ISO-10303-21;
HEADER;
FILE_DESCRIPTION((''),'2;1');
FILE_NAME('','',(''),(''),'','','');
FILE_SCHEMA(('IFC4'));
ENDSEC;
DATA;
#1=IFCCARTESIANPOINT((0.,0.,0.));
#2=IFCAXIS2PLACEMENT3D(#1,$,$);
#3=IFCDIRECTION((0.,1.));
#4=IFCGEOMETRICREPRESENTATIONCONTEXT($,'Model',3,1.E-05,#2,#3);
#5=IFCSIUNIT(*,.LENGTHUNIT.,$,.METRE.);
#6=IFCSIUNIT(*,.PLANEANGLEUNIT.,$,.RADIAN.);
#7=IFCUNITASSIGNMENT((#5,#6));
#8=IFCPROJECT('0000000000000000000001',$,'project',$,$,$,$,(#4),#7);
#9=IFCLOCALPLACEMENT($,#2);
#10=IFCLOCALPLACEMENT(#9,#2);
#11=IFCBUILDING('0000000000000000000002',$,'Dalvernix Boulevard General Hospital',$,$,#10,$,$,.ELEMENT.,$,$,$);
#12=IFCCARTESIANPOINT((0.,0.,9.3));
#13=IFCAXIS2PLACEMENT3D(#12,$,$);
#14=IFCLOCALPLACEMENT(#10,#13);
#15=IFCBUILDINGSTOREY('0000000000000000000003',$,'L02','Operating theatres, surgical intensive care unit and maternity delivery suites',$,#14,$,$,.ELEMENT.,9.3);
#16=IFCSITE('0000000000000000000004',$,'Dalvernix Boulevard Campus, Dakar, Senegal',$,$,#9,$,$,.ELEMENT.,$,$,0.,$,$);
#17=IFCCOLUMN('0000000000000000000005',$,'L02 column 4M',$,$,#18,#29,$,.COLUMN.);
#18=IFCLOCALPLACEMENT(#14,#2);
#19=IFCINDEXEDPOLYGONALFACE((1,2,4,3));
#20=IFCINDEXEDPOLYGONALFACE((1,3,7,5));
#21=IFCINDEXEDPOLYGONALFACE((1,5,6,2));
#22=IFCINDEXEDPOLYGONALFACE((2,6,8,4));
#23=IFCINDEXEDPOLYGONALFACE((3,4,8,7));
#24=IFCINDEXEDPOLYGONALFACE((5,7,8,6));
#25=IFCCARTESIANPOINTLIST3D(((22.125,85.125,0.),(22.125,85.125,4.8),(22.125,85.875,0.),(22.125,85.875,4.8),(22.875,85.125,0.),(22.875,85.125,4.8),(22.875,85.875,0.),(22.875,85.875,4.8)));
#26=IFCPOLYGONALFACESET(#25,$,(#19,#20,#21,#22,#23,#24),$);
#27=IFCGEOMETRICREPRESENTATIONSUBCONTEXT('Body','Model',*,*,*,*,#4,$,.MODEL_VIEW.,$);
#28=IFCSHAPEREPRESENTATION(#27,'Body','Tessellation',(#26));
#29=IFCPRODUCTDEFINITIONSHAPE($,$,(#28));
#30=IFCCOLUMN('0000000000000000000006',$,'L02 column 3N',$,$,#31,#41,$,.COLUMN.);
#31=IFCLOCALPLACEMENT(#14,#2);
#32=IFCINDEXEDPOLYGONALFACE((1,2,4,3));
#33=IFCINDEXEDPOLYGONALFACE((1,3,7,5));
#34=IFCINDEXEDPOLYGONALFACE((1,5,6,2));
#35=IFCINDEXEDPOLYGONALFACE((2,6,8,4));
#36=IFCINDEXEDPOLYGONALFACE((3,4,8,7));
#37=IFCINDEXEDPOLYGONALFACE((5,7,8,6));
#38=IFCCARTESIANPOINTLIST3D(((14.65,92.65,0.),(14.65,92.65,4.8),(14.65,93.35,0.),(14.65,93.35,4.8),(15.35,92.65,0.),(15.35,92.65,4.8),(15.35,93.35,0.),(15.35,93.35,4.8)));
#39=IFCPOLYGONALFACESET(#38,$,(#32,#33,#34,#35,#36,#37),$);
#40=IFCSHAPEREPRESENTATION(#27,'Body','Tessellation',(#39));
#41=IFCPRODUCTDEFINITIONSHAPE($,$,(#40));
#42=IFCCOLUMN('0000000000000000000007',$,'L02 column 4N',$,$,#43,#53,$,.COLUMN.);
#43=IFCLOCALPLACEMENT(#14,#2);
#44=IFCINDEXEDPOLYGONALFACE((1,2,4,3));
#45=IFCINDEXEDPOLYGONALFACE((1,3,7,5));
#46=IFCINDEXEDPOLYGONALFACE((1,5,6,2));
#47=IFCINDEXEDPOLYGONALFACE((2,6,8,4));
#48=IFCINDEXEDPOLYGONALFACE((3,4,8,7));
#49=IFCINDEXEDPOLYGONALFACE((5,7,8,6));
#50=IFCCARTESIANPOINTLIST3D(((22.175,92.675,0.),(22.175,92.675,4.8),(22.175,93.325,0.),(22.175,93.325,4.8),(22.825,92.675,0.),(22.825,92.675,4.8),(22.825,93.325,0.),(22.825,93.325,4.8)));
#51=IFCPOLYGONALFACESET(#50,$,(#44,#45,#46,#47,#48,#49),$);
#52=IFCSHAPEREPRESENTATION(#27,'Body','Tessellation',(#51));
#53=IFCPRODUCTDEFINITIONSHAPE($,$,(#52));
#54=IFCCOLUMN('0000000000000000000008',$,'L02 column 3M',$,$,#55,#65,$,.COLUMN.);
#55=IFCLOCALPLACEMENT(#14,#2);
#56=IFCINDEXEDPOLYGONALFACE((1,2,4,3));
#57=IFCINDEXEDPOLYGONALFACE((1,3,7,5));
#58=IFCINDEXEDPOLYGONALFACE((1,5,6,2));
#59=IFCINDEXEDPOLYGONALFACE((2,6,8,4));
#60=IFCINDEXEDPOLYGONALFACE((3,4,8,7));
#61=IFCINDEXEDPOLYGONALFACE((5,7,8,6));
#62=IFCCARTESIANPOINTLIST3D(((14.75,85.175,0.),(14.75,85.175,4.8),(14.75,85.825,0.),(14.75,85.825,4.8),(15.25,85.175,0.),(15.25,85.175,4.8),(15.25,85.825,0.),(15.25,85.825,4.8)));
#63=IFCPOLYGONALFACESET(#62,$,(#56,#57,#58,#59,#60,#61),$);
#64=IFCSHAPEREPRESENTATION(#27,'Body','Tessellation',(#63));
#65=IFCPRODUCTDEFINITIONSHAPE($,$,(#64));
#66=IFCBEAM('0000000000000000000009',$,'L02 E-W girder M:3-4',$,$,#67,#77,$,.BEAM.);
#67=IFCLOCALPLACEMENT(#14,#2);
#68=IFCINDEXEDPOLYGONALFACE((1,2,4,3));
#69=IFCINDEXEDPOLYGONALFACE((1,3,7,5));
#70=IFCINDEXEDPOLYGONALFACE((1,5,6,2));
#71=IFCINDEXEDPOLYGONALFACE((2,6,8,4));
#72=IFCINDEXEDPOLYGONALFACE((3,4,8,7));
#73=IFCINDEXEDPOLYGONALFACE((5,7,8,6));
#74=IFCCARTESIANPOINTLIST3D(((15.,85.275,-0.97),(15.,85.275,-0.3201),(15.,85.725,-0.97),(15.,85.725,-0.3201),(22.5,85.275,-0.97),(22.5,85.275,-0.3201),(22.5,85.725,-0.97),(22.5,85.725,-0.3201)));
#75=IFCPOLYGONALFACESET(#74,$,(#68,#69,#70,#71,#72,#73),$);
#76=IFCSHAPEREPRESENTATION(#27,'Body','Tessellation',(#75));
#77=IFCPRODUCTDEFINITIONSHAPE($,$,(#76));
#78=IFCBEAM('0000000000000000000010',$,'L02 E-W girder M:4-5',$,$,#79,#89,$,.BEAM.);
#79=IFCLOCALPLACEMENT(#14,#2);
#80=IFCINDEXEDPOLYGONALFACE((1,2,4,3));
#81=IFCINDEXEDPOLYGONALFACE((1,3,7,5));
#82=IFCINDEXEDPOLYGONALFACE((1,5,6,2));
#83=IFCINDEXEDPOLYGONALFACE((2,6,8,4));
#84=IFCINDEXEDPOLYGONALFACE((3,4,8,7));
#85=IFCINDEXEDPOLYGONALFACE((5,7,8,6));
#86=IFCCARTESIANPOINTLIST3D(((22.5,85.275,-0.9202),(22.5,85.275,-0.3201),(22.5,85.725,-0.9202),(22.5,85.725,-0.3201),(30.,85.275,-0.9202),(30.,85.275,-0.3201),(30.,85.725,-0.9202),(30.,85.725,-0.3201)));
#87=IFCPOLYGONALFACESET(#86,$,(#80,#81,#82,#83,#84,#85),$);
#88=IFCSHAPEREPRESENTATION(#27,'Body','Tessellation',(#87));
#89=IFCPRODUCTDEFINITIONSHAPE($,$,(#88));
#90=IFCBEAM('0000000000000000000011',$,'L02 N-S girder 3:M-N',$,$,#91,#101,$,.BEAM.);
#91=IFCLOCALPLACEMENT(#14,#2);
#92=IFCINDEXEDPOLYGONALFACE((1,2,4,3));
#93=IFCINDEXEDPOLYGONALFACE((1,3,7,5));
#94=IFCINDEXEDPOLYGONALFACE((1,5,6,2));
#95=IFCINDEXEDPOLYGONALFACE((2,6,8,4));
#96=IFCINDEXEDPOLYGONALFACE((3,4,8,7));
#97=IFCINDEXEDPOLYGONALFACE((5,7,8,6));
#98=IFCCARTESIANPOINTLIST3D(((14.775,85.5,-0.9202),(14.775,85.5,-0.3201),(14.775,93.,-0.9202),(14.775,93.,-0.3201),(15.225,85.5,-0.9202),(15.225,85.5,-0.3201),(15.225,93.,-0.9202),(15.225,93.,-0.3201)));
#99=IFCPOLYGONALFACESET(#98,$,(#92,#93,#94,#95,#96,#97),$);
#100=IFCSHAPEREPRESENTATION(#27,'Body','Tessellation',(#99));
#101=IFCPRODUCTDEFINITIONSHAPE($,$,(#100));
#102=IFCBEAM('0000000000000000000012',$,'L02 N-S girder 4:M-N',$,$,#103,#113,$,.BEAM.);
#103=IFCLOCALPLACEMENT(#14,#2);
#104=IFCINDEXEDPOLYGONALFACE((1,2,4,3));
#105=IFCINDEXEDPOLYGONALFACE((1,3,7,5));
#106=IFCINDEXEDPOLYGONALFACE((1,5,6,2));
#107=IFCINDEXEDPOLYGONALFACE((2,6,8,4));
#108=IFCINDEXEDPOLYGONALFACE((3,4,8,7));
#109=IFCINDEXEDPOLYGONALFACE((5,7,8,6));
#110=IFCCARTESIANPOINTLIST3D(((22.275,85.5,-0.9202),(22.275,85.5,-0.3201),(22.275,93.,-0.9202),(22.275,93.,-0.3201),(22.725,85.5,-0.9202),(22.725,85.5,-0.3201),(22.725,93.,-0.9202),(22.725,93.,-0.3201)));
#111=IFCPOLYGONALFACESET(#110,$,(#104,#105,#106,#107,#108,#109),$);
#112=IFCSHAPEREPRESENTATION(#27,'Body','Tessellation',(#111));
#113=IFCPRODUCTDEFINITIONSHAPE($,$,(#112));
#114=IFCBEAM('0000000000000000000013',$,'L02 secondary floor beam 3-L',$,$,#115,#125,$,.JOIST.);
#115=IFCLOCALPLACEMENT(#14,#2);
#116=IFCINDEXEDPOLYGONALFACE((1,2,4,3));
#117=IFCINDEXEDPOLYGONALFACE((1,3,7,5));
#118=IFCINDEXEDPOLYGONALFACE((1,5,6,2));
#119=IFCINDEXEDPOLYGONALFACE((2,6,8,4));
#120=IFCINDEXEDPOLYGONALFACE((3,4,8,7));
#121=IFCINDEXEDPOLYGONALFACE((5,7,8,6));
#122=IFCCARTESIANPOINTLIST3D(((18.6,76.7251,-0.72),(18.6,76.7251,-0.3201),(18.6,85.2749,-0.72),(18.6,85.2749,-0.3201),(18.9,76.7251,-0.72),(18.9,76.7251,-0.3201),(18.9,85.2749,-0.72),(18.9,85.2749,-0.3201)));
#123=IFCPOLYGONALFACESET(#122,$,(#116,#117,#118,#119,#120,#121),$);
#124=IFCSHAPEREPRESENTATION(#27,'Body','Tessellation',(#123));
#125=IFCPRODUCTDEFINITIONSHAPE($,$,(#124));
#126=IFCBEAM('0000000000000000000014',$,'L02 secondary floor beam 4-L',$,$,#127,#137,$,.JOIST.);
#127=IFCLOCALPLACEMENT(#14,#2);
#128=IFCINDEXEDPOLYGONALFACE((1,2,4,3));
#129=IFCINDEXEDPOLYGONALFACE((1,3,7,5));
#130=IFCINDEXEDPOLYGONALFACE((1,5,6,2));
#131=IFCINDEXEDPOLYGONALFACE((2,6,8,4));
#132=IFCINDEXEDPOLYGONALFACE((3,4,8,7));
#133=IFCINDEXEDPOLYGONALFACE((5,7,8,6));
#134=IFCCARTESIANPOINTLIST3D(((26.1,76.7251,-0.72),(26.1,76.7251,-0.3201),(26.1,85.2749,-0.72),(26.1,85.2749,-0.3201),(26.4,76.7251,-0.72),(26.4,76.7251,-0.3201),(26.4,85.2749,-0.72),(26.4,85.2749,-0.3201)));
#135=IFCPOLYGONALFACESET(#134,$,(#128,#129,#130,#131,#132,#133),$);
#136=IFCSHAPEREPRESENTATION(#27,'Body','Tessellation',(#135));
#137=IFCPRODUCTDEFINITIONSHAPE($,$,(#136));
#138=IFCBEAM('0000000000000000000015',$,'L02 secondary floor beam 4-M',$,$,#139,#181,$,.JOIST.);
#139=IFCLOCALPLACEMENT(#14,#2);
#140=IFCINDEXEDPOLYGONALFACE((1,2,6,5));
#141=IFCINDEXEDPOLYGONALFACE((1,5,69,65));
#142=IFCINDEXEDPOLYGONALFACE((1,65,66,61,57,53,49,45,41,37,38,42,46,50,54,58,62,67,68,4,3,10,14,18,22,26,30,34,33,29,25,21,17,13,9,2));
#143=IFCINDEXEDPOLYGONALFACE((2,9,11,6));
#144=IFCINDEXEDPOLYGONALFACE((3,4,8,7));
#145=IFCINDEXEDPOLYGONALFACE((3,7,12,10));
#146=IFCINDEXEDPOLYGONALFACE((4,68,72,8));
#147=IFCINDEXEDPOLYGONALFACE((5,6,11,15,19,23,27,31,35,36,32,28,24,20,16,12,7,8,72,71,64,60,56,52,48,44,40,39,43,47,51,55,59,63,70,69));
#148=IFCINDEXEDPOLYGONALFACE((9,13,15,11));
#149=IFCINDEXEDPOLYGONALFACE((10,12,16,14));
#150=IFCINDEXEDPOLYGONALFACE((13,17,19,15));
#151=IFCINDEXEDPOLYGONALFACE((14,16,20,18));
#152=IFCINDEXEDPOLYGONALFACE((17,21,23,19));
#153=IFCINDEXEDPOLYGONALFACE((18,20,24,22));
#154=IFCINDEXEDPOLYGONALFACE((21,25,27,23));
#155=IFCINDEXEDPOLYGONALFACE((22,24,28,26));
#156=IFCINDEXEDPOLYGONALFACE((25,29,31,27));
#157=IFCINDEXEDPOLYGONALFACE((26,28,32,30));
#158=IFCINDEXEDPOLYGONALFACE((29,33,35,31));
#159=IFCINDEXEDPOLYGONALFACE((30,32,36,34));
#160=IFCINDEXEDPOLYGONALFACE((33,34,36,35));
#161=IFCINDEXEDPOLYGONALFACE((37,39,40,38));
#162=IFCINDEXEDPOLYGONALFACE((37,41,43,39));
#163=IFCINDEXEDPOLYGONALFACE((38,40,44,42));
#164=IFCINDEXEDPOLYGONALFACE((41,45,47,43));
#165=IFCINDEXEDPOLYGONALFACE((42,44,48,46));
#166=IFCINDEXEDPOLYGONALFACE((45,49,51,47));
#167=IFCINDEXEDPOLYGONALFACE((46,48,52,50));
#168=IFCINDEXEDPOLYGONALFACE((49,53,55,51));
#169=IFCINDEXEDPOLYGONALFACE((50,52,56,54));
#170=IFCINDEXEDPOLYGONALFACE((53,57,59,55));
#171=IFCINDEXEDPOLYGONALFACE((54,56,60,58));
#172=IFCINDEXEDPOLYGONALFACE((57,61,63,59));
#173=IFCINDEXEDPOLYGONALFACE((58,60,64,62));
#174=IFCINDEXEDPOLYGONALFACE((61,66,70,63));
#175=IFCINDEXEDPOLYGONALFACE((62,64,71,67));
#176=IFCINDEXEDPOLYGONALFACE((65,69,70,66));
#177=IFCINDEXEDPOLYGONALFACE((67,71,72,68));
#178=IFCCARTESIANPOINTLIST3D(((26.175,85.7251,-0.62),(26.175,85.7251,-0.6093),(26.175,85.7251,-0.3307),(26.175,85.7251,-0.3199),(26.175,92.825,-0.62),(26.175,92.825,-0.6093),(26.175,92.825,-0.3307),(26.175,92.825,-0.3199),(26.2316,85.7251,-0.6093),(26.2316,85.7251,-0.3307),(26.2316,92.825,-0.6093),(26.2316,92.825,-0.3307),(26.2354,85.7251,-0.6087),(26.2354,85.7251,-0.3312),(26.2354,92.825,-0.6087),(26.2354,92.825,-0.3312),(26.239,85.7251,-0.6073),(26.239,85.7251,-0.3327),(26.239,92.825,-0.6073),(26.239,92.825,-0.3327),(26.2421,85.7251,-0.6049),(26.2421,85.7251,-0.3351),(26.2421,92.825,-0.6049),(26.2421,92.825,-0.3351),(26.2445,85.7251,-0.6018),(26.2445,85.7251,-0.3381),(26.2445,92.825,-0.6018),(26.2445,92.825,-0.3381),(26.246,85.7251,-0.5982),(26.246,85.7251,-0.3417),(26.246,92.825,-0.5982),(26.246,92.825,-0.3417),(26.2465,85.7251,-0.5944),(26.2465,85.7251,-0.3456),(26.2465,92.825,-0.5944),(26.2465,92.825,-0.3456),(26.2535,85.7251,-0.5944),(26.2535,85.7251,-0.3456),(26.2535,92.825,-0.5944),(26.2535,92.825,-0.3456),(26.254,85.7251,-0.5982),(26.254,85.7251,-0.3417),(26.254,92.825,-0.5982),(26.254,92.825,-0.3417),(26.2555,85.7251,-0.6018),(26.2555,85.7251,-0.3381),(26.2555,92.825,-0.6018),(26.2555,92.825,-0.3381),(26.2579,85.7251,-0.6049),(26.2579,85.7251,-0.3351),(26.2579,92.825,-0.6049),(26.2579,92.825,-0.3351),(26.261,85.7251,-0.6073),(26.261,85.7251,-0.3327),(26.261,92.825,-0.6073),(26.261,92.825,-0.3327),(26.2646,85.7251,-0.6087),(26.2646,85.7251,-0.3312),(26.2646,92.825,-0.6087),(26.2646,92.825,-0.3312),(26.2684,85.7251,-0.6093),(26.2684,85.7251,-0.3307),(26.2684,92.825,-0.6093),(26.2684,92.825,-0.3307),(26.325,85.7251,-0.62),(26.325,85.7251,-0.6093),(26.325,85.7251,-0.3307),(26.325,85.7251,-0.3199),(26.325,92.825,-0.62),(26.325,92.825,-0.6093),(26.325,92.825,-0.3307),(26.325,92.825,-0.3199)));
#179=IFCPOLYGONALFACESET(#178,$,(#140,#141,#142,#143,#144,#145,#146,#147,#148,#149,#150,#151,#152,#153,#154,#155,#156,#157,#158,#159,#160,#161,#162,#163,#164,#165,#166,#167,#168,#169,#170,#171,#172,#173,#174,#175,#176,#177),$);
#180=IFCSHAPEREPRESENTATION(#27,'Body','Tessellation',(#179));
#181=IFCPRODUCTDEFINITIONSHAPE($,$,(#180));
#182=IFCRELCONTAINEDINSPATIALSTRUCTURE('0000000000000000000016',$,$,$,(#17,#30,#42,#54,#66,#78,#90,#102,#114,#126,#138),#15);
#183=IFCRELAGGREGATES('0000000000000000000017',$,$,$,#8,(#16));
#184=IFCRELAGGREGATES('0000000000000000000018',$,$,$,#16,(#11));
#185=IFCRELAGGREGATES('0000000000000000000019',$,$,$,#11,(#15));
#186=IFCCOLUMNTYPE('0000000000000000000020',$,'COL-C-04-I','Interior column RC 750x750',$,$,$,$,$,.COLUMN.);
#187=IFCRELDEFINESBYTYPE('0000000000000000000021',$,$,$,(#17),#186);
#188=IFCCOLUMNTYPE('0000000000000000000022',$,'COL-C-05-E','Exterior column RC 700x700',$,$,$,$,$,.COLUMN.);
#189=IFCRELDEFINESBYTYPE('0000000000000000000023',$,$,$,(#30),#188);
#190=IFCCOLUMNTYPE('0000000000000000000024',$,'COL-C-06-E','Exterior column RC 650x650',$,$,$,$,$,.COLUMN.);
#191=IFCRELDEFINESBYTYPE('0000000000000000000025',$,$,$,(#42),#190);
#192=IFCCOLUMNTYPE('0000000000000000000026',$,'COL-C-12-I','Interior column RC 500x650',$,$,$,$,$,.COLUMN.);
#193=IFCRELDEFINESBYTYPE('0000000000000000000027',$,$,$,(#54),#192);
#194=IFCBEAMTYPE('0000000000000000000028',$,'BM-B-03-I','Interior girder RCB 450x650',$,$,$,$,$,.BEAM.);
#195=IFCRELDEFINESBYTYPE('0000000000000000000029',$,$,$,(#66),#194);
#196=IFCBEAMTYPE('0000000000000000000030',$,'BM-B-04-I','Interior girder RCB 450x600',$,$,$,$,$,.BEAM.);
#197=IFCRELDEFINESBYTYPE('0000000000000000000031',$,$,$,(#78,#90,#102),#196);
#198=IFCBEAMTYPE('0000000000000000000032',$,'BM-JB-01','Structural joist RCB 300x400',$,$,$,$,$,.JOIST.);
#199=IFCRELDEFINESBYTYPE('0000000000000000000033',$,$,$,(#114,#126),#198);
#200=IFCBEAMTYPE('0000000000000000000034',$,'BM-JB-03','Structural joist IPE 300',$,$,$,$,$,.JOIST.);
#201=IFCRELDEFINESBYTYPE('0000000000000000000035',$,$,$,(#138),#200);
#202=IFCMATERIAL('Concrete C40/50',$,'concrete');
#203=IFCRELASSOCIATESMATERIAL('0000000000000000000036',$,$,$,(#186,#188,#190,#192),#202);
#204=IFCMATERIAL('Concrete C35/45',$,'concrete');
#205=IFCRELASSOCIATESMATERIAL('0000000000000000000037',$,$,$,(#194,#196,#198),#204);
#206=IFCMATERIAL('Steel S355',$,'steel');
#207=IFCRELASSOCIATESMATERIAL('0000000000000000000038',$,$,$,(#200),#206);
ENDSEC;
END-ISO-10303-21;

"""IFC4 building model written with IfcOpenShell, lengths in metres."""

from ifc_helpers import new_model, si_unit, direction, frame, origin, origin_2d, place, context, subcontext, project, spatial, rectangle, i_section, extrude, material, material_profile, profile_set, type_object, element, save


model = new_model("IFC4")

# Units and contexts
model_context = context("Model", 3, precision=1e-05, world=origin(), true_north=direction((0.0, 1.0)))
body_context = subcontext(model_context, "Body", "Model", "MODEL_VIEW")
ifc_project = project(units=[si_unit("LENGTHUNIT", "METRE"), si_unit("PLANEANGLEUNIT", "RADIAN")], contexts=[model_context])

# Site, building, storey
site_placement = place(None, origin())
site = spatial("IfcSite", under=ifc_project, at=site_placement, Name="Dalvernix Boulevard Campus, Dakar, Senegal", CompositionType="ELEMENT", RefElevation=0.0)
building_placement = place(site_placement, origin())
building = spatial("IfcBuilding", under=site, at=building_placement, Name="Dalvernix Boulevard General Hospital", CompositionType="ELEMENT")
storey_placement = place(building_placement, frame((0.0, 0.0, 9.3)))
storey = spatial("IfcBuildingStorey", under=building, at=storey_placement, Name="L02", Description="Operating theatres, surgical intensive care unit and maternity delivery suites", CompositionType="ELEMENT", Elevation=9.3)

# Columns
ifc_material_1 = material(Name="Concrete C40/50", Category="concrete")
ifc_material_profile_1 = material_profile(ifc_material_1, rectangle(XDim=0.75, YDim=0.75, at=origin_2d()), Name="RC 750x750")
ifc_profile_set_1 = profile_set([ifc_material_profile_1], Name="Concrete C40/50")
column_type_1 = type_object("IfcColumnType", Name="COL-C-04-I", Description="Interior column RC 750x750", PredefinedType="COLUMN", material=ifc_profile_set_1)
column_1_placement = place(storey_placement, frame((22.5, 85.5, 0.0), z_axis=(0.0, 0.0, 1.0), x_axis=(1.0, 0.0, 0.0)))
element("IfcColumn", 1, at=column_1_placement, inside=storey, type_object=column_type_1, Name="L02 column 4M", PredefinedType="COLUMN", context=body_context, shape_type="SweptSolid", body=[
    extrude(rectangle(XDim=0.75, YDim=0.75, at=origin_2d()), origin(), (0.0, 0.0, 1.0), 4.8),
])
ifc_material_profile_2 = material_profile(ifc_material_1, rectangle(XDim=0.7, YDim=0.7, at=origin_2d()), Name="RC 700x700")
ifc_profile_set_2 = profile_set([ifc_material_profile_2], Name="Concrete C40/50")
column_type_2 = type_object("IfcColumnType", Name="COL-C-05-E", Description="Exterior column RC 700x700", PredefinedType="COLUMN", material=ifc_profile_set_2)
column_2_placement = place(storey_placement, frame((15.0, 93.0, 0.0), z_axis=(0.0, 0.0, 1.0), x_axis=(1.0, 0.0, 0.0)))
element("IfcColumn", 2, at=column_2_placement, inside=storey, type_object=column_type_2, Name="L02 column 3N", PredefinedType="COLUMN", context=body_context, shape_type="SweptSolid", body=[
    extrude(rectangle(XDim=0.7, YDim=0.7, at=origin_2d()), origin(), (0.0, 0.0, 1.0), 4.8),
])
ifc_material_profile_3 = material_profile(ifc_material_1, rectangle(XDim=0.6499, YDim=0.6499, at=origin_2d()), Name="RC 650x650")
ifc_profile_set_3 = profile_set([ifc_material_profile_3], Name="Concrete C40/50")
column_type_3 = type_object("IfcColumnType", Name="COL-C-06-E", Description="Exterior column RC 650x650", PredefinedType="COLUMN", material=ifc_profile_set_3)
column_3_placement = place(storey_placement, frame((22.5, 93.0, 0.0), z_axis=(0.0, 0.0, 1.0), x_axis=(1.0, 0.0, 0.0)))
element("IfcColumn", 3, at=column_3_placement, inside=storey, type_object=column_type_3, Name="L02 column 4N", PredefinedType="COLUMN", context=body_context, shape_type="SweptSolid", body=[
    extrude(rectangle(XDim=0.6499, YDim=0.6499, at=origin_2d()), origin(), (0.0, 0.0, 1.0), 4.8),
])
ifc_material_profile_4 = material_profile(ifc_material_1, rectangle(XDim=0.5, YDim=0.6499, at=origin_2d()), Name="RC 500x650")
ifc_profile_set_4 = profile_set([ifc_material_profile_4], Name="Concrete C40/50")
column_type_4 = type_object("IfcColumnType", Name="COL-C-12-I", Description="Interior column RC 500x650", PredefinedType="COLUMN", material=ifc_profile_set_4)
column_4_placement = place(storey_placement, frame((15.0, 85.5, 0.0), z_axis=(0.0, 0.0, 1.0), x_axis=(1.0, 0.0, 0.0)))
element("IfcColumn", 4, at=column_4_placement, inside=storey, type_object=column_type_4, Name="L02 column 3M", PredefinedType="COLUMN", context=body_context, shape_type="SweptSolid", body=[
    extrude(rectangle(XDim=0.5, YDim=0.6499, at=origin_2d()), origin(), (0.0, 0.0, 1.0), 4.8),
])

# Beams
ifc_material_2 = material(Name="Concrete C35/45", Category="concrete")
ifc_material_profile_5 = material_profile(ifc_material_2, rectangle(XDim=0.45, YDim=0.6499, at=origin_2d()), Name="RCB 450x650")
ifc_profile_set_5 = profile_set([ifc_material_profile_5], Name="Concrete C35/45")
beam_type_1 = type_object("IfcBeamType", Name="BM-B-03-I", Description="Interior girder RCB 450x650", PredefinedType="BEAM", material=ifc_profile_set_5)
beam_1_placement = place(storey_placement, frame((15.0, 85.5, -0.645), z_axis=(1.0, 0.0, 0.0), x_axis=(0.0, 1.0, 0.0)))
element("IfcBeam", 5, at=beam_1_placement, inside=storey, type_object=beam_type_1, Name="L02 E-W girder M:3-4", PredefinedType="BEAM", context=body_context, shape_type="SweptSolid", body=[
    extrude(rectangle(XDim=0.45, YDim=0.6499, at=origin_2d()), origin(), (0.0, 0.0, 1.0), 7.5),
])
ifc_material_profile_6 = material_profile(ifc_material_2, rectangle(XDim=0.45, YDim=0.6001, at=origin_2d()), Name="RCB 450x600")
ifc_profile_set_6 = profile_set([ifc_material_profile_6], Name="Concrete C35/45")
beam_type_2 = type_object("IfcBeamType", Name="BM-B-04-I", Description="Interior girder RCB 450x600", PredefinedType="BEAM", material=ifc_profile_set_6)
for number, where, z_axis, x_axis, name in (
    (6, (22.5, 85.5, -0.6201), (1.0, 0.0, 0.0), (0.0, 1.0, 0.0), "L02 E-W girder M:4-5"),
    (7, (15.0, 85.5, -0.6201), (0.0, 1.0, 0.0), (-1.0, 0.0, 0.0), "L02 N-S girder 3:M-N"),
    (8, (22.5, 85.5, -0.6201), (0.0, 1.0, 0.0), (-1.0, 0.0, 0.0), "L02 N-S girder 4:M-N"),
):
    element("IfcBeam", number, at=place(storey_placement, frame(where, z_axis=z_axis, x_axis=x_axis)), inside=storey, type_object=beam_type_2, Name=name, PredefinedType="BEAM", context=body_context, shape_type="SweptSolid", body=[
        extrude(rectangle(XDim=0.45, YDim=0.6001, at=origin_2d()), origin(), (0.0, 0.0, 1.0), 7.5),
    ])
ifc_material_profile_7 = material_profile(ifc_material_2, rectangle(XDim=0.3, YDim=0.3999, at=origin_2d()), Name="RCB 300x400")
ifc_profile_set_7 = profile_set([ifc_material_profile_7], Name="Concrete C35/45")
beam_type_3 = type_object("IfcBeamType", Name="BM-JB-01", Description="Structural joist RCB 300x400", PredefinedType="JOIST", material=ifc_profile_set_7)
for number, where, z_axis, x_axis, name in (
    (9, (18.75, 76.7251, -0.52), (0.0, 1.0, 0.0), (-1.0, 0.0, 0.0), "L02 secondary floor beam 3-L"),
    (10, (26.25, 76.7251, -0.52), (0.0, 1.0, 0.0), (-1.0, 0.0, 0.0), "L02 secondary floor beam 4-L"),
):
    element("IfcBeam", number, at=place(storey_placement, frame(where, z_axis=z_axis, x_axis=x_axis)), inside=storey, type_object=beam_type_3, Name=name, PredefinedType="JOIST", context=body_context, shape_type="SweptSolid", body=[
        extrude(rectangle(XDim=0.3, YDim=0.3999, at=origin_2d()), origin(), (0.0, 0.0, 1.0), 8.5498),
    ])
ifc_material_3 = material(Name="Steel S355", Category="steel")
ifc_material_profile_8 = material_profile(ifc_material_3, i_section(OverallWidth=0.1499, OverallDepth=0.3, WebThickness=0.0071, FlangeThickness=0.0107, FilletRadius=0.0149, at=origin_2d()), Name="IPE 300")
ifc_profile_set_8 = profile_set([ifc_material_profile_8], Name="Steel S355")
beam_type_4 = type_object("IfcBeamType", Name="BM-JB-03", Description="Structural joist IPE 300", PredefinedType="JOIST", material=ifc_profile_set_8)
beam_2_placement = place(storey_placement, frame((26.25, 85.7251, -0.47), z_axis=(0.0, 1.0, 0.0), x_axis=(-1.0, 0.0, 0.0)))
element("IfcBeam", 11, at=beam_2_placement, inside=storey, type_object=beam_type_4, Name="L02 secondary floor beam 4-M", PredefinedType="JOIST", context=body_context, shape_type="SweptSolid", body=[
    extrude(i_section(OverallWidth=0.1499, OverallDepth=0.3, WebThickness=0.0071, FlangeThickness=0.0107, FilletRadius=0.0149, at=origin_2d()), origin(), (0.0, 0.0, 1.0), 7.0999),
])

save(model, "model.ifc")
